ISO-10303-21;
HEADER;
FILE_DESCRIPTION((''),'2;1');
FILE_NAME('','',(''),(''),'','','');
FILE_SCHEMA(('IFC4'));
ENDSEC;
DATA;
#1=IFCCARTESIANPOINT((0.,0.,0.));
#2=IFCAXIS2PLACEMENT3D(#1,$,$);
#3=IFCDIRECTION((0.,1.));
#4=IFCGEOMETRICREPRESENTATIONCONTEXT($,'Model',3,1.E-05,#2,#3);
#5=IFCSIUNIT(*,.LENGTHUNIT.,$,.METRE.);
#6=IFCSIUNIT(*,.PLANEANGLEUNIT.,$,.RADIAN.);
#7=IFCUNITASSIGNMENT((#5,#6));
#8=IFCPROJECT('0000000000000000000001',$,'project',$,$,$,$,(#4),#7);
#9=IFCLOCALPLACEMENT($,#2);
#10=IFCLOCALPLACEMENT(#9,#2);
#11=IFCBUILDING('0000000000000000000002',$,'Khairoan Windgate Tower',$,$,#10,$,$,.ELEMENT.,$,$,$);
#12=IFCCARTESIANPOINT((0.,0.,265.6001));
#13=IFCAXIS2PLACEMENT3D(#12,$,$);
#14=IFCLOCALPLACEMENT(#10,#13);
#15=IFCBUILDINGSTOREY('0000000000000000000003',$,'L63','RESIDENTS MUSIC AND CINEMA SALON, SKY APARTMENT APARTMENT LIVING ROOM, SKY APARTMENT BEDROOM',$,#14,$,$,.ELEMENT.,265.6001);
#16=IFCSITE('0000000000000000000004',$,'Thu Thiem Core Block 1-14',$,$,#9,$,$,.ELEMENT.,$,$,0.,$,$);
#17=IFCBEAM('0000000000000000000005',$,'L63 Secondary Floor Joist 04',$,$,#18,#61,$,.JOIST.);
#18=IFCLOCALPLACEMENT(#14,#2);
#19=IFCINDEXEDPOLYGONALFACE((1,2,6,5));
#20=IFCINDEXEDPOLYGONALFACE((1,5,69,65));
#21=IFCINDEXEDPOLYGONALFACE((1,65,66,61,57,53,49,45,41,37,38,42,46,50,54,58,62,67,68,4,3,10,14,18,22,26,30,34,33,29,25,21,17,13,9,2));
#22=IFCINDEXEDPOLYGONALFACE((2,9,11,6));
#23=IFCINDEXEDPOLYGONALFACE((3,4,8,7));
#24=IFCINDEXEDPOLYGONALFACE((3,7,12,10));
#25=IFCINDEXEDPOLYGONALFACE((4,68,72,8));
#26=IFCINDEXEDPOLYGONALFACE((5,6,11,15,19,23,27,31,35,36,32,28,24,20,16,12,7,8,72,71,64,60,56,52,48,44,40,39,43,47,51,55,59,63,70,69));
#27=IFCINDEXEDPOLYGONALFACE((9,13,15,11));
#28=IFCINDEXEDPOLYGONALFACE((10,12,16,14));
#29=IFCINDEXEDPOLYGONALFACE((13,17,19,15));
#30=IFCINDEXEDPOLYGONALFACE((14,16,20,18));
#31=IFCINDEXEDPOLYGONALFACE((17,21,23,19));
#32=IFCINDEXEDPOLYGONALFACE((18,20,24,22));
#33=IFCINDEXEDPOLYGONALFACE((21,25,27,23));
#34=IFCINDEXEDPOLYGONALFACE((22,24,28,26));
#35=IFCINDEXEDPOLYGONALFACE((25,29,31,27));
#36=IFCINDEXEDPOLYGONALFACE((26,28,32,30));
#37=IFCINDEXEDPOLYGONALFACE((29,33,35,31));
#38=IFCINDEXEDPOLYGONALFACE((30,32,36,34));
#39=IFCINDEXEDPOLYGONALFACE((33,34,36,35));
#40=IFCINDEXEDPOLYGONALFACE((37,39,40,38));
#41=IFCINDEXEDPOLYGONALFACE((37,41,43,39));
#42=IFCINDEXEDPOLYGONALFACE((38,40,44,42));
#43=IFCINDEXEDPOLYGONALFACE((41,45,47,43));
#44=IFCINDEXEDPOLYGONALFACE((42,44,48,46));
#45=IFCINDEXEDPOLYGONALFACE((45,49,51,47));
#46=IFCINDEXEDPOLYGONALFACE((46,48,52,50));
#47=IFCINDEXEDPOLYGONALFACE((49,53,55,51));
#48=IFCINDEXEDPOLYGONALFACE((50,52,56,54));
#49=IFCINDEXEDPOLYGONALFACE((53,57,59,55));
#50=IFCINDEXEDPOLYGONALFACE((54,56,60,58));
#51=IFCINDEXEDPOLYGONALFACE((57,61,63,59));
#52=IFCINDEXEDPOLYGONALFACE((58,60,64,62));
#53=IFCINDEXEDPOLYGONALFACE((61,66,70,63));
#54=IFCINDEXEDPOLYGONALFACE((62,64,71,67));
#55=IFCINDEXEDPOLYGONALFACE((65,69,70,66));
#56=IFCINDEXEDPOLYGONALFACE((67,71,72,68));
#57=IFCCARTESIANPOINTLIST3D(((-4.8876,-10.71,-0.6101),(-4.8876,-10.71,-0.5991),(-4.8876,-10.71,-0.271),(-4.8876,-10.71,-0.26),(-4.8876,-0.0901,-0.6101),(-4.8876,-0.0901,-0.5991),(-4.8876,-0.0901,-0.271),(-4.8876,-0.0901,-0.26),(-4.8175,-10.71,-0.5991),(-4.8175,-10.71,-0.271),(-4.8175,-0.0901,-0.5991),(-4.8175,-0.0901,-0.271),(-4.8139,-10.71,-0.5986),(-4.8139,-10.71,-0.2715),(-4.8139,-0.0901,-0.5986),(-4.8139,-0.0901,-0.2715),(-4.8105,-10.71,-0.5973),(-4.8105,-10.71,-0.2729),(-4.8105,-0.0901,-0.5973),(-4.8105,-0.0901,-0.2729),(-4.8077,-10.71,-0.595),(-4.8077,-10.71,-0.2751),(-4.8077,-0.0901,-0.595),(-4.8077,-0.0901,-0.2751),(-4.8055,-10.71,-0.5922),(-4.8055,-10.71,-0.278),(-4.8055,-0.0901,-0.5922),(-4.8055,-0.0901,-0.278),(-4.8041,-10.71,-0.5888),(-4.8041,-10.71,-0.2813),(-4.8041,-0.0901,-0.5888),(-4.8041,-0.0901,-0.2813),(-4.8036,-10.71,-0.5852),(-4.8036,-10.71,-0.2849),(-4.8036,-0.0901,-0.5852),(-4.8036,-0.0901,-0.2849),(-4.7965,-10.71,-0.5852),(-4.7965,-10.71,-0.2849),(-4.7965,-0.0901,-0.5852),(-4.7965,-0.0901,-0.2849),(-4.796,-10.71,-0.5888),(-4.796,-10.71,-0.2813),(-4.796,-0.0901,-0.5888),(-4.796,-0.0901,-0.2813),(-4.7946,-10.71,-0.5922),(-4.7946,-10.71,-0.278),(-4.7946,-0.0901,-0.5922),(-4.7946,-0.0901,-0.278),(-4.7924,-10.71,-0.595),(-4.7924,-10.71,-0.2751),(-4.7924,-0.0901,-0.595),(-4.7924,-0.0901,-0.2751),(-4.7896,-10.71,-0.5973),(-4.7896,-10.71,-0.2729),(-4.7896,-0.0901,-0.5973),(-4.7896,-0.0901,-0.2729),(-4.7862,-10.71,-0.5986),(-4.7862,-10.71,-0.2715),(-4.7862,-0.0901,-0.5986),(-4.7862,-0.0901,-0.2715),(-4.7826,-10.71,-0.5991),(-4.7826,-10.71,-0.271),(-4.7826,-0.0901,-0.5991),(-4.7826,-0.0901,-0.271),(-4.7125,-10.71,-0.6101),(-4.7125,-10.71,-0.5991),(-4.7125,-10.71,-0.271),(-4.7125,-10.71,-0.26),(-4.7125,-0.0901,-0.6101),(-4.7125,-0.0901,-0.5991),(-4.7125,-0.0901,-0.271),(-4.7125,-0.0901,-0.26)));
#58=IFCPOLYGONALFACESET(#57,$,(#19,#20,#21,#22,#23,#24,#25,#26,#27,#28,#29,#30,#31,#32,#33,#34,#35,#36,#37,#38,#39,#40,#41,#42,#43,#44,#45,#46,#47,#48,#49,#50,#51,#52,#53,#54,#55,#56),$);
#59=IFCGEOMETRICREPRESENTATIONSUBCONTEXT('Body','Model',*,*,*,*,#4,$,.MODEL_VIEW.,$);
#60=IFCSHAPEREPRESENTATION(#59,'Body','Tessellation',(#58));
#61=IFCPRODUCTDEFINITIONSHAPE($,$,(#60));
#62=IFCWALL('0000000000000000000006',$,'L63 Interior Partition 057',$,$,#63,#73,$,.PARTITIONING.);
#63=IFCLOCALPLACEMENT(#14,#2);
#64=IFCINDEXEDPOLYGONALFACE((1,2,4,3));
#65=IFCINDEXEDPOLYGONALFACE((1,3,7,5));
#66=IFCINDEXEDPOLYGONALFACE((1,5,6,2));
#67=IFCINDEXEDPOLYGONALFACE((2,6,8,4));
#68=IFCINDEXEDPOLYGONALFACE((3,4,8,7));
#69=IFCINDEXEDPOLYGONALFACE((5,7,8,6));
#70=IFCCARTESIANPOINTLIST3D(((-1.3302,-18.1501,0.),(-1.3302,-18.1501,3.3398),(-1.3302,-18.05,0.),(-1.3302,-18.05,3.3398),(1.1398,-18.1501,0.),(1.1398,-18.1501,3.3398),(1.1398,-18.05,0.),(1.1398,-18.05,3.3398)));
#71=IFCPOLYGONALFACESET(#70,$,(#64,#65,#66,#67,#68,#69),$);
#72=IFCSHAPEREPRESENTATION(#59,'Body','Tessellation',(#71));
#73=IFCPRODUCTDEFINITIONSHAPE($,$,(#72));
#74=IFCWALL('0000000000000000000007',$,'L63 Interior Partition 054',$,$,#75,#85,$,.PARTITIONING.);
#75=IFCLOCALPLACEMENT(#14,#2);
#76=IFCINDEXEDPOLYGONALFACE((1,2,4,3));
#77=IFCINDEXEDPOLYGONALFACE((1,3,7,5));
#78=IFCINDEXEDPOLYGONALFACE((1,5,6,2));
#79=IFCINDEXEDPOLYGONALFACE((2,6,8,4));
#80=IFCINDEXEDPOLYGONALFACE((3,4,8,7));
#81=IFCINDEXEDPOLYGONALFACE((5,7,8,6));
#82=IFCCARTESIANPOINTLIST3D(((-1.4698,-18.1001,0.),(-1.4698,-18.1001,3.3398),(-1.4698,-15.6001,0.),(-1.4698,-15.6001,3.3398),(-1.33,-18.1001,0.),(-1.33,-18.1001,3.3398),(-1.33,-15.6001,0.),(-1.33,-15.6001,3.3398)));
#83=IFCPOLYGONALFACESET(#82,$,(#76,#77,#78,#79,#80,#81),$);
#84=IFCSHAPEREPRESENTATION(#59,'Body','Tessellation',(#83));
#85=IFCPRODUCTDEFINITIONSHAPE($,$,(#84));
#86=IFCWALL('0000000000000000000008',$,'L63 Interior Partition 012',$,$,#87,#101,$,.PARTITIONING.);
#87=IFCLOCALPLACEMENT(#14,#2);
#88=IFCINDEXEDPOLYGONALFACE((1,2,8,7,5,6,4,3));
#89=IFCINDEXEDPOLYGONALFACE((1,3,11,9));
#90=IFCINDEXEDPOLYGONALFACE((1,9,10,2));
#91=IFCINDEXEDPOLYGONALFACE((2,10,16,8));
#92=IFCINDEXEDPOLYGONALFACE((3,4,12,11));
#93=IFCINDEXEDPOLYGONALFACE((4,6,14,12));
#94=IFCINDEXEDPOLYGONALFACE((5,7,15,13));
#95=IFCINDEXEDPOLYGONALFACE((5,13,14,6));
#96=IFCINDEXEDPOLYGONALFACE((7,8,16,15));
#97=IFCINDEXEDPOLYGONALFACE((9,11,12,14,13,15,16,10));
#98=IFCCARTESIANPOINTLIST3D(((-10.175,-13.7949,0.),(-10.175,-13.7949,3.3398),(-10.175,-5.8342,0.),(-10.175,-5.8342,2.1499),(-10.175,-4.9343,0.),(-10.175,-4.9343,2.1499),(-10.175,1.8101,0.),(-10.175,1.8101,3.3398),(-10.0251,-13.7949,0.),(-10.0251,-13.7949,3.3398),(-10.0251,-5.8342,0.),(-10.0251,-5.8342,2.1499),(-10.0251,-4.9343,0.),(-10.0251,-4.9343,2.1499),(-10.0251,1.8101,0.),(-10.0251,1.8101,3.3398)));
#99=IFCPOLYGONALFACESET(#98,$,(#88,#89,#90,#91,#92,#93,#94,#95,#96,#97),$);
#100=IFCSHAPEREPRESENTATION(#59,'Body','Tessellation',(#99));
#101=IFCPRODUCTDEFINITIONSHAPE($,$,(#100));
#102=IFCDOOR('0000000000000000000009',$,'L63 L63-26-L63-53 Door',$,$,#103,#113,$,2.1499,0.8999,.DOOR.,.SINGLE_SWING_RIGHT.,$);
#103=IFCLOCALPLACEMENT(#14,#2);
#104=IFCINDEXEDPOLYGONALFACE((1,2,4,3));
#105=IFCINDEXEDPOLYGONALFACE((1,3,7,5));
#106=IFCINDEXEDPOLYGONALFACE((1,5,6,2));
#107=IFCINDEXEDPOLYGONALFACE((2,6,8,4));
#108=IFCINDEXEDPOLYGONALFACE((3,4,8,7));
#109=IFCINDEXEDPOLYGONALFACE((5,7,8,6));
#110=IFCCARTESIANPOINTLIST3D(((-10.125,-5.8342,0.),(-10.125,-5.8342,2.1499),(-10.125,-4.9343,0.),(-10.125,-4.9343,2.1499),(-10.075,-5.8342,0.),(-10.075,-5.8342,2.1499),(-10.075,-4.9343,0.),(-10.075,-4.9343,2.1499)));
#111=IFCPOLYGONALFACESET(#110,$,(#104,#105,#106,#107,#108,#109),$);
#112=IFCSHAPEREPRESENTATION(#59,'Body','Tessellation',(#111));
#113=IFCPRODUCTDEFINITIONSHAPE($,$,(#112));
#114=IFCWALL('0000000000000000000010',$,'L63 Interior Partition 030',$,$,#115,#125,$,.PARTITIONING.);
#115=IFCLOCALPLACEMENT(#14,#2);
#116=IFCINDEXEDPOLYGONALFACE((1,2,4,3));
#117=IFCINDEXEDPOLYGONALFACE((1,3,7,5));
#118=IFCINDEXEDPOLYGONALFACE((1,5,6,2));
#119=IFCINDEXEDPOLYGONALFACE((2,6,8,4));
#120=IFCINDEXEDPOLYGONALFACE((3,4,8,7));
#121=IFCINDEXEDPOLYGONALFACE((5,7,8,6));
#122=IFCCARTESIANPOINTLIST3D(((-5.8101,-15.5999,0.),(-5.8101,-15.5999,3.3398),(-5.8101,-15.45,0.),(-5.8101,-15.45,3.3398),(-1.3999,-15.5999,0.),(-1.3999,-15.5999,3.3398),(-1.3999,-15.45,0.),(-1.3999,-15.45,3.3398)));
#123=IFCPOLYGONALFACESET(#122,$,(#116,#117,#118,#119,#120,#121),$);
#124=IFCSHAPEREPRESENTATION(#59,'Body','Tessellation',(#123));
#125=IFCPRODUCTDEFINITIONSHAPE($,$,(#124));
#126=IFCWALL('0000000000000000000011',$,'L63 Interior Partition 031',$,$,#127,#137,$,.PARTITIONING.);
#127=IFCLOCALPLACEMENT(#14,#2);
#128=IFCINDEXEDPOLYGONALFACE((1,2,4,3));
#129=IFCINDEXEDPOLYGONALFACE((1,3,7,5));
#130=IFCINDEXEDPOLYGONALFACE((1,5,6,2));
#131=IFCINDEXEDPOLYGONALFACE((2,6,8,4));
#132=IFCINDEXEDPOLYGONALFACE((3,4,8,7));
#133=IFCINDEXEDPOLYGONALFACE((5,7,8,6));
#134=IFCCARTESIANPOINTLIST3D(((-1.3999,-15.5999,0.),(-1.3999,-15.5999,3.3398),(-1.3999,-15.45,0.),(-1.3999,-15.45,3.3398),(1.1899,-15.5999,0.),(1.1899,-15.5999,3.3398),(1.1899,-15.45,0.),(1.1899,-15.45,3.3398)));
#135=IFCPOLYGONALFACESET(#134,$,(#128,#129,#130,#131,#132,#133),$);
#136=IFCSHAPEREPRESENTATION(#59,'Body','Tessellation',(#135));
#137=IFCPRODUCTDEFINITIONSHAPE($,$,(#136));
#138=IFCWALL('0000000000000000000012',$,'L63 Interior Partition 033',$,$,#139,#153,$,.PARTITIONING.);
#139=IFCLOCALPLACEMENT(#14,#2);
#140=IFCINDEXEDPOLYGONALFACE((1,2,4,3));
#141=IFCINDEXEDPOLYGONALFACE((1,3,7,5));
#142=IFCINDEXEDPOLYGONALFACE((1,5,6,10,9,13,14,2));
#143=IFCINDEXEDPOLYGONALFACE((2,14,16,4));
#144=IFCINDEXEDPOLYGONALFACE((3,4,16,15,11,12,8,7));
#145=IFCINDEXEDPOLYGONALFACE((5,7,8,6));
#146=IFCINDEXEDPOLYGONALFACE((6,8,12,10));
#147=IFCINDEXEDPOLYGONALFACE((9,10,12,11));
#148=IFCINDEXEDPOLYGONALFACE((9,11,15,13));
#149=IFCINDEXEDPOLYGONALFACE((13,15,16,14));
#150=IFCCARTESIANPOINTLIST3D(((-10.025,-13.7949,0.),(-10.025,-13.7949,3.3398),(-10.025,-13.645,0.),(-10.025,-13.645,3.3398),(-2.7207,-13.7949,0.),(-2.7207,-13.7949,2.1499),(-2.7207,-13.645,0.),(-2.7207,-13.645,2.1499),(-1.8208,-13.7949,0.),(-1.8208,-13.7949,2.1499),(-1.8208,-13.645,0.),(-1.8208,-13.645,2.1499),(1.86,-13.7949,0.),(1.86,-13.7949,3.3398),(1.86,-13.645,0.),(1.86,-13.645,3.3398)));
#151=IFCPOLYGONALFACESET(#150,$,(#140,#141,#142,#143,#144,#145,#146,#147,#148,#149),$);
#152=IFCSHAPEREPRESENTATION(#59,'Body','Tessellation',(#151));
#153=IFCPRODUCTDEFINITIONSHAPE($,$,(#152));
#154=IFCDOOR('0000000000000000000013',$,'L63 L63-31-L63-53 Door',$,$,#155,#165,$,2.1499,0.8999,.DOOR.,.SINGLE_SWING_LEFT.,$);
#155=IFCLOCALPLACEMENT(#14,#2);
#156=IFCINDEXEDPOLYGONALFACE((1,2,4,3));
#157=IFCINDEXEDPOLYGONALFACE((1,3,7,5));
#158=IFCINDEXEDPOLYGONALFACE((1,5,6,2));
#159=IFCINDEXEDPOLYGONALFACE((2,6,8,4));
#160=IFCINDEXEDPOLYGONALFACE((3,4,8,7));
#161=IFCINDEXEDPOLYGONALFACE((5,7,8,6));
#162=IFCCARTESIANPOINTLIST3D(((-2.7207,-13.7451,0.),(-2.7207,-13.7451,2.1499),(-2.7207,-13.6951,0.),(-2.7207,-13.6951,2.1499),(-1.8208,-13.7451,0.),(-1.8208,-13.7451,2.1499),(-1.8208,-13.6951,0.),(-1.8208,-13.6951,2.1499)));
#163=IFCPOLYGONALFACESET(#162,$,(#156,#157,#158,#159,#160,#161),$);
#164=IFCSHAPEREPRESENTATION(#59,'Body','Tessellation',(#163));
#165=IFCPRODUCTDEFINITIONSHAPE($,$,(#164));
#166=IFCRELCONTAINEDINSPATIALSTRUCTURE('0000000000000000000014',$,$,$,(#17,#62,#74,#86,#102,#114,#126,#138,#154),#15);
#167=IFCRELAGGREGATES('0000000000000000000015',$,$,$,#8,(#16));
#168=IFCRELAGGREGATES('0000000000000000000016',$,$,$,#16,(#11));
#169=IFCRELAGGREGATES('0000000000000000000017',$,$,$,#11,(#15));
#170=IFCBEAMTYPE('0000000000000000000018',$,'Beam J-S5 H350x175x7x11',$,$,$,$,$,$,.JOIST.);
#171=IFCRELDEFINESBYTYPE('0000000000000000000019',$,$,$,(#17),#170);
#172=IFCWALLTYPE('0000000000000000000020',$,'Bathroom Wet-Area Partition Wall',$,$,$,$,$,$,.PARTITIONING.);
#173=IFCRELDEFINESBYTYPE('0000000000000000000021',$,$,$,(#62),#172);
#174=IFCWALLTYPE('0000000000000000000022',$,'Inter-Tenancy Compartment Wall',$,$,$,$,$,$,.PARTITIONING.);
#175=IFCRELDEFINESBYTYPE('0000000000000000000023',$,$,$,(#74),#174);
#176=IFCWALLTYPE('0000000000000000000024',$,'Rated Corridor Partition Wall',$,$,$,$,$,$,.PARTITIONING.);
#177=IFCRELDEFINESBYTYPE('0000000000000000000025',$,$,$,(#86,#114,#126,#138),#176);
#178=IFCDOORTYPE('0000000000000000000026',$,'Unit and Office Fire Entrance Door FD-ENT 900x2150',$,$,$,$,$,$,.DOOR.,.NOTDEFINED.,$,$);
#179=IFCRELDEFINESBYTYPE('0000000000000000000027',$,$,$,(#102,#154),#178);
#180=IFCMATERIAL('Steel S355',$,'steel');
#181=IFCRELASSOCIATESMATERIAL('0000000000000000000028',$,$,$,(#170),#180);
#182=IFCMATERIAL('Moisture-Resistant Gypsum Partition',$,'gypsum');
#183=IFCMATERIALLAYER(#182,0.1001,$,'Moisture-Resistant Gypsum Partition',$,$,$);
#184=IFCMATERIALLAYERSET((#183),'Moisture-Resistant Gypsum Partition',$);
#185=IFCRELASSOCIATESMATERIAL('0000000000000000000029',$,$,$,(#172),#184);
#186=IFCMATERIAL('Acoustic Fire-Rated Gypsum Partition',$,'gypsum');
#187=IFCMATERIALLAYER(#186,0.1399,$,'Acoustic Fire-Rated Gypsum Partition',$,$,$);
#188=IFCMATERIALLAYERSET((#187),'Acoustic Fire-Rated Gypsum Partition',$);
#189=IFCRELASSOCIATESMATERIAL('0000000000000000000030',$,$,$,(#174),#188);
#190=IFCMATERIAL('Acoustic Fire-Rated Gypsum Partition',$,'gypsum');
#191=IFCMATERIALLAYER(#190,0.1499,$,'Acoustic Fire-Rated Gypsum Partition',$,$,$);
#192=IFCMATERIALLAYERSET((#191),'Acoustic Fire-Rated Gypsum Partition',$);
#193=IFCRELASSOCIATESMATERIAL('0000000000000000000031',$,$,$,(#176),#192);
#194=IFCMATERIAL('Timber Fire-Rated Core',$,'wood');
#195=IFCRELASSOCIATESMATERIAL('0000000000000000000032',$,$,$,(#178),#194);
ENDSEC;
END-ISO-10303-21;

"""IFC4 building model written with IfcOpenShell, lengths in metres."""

from ifc_helpers import new_model, si_unit, direction, frame, frame_2d, origin, origin_2d, place, context, subcontext, project, spatial, rectangle, i_section, extrude, material, layer, layer_set, material_profile, profile_set, type_object, element, fill, save


model = new_model("IFC4")

# Units and contexts
model_context = context("Model", 3, precision=1e-05, world=origin(), true_north=direction((0.0, 1.0)))
body_context = subcontext(model_context, "Body", "Model", "MODEL_VIEW")
ifc_project = project(units=[si_unit("LENGTHUNIT", "METRE"), si_unit("PLANEANGLEUNIT", "RADIAN")], contexts=[model_context])

# Site, building, storey
site_placement = place(None, origin())
site = spatial("IfcSite", under=ifc_project, at=site_placement, Name="Thu Thiem Core Block 1-14", CompositionType="ELEMENT", RefElevation=0.0)
building_placement = place(site_placement, origin())
building = spatial("IfcBuilding", under=site, at=building_placement, Name="Khairoan Windgate Tower", CompositionType="ELEMENT")
storey_placement = place(building_placement, frame((0.0, 0.0, 265.6001)))
storey = spatial("IfcBuildingStorey", under=building, at=storey_placement, Name="L63", Description="RESIDENTS MUSIC AND CINEMA SALON, SKY APARTMENT APARTMENT LIVING ROOM, SKY APARTMENT BEDROOM", CompositionType="ELEMENT", Elevation=265.6001)

# Beam
ifc_material_1 = material(Name="Steel S355", Category="steel")
ifc_material_profile_1 = material_profile(ifc_material_1, i_section(OverallWidth=0.175, OverallDepth=0.3501, WebThickness=0.0071, FlangeThickness=0.011, FilletRadius=0.0139, at=origin_2d()))
ifc_profile_set_1 = profile_set([ifc_material_profile_1], Name="Steel S355")
beam_type_1 = type_object("IfcBeamType", Name="Beam J-S5 H350x175x7x11", PredefinedType="JOIST", material=ifc_profile_set_1)
beam_1_placement = place(storey_placement, frame((-4.8, -10.71, -0.4351), z_axis=(0.0, 1.0, 0.0), x_axis=(-1.0, 0.0, 0.0)))
element("IfcBeam", 1, at=beam_1_placement, inside=storey, type_object=beam_type_1, Name="L63 Secondary Floor Joist 04", PredefinedType="JOIST", context=body_context, shape_type="SweptSolid", body=[
    extrude(i_section(OverallWidth=0.175, OverallDepth=0.3501, WebThickness=0.0071, FlangeThickness=0.011, FilletRadius=0.0139, at=origin_2d()), origin(), (0.0, 0.0, 1.0), 10.6199),
])

# Walls
ifc_material_2 = material(Name="Moisture-Resistant Gypsum Partition", Category="gypsum")
ifc_layer_1 = layer(ifc_material_2, 0.1001, Name="Moisture-Resistant Gypsum Partition")
ifc_layer_set_1 = layer_set([ifc_layer_1], Name="Moisture-Resistant Gypsum Partition")
wall_type_1 = type_object("IfcWallType", Name="Bathroom Wet-Area Partition Wall", PredefinedType="PARTITIONING", material=ifc_layer_set_1)
wall_1_placement = place(storey_placement, frame((-1.3301, -18.1001, 0.0), z_axis=(0.0, 0.0, 1.0), x_axis=(1.0, 0.0, 0.0)))
element("IfcWall", 2, at=wall_1_placement, inside=storey, type_object=wall_type_1, Name="L63 Interior Partition 057", PredefinedType="PARTITIONING", context=body_context, shape_type="SweptSolid", body=[
    extrude(rectangle(XDim=2.47, YDim=0.1001, at=frame_2d((1.2349, 0.0))), origin(), (0.0, 0.0, 1.0), 3.3398),
])
ifc_material_3 = material(Name="Acoustic Fire-Rated Gypsum Partition", Category="gypsum")
ifc_layer_2 = layer(ifc_material_3, 0.1399, Name="Acoustic Fire-Rated Gypsum Partition")
ifc_layer_set_2 = layer_set([ifc_layer_2], Name="Acoustic Fire-Rated Gypsum Partition")
wall_type_2 = type_object("IfcWallType", Name="Inter-Tenancy Compartment Wall", PredefinedType="PARTITIONING", material=ifc_layer_set_2)
wall_2_placement = place(storey_placement, frame((-1.3999, -18.1001, 0.0), z_axis=(0.0, 0.0, 1.0), x_axis=(0.0, 1.0, 0.0)))
element("IfcWall", 3, at=wall_2_placement, inside=storey, type_object=wall_type_2, Name="L63 Interior Partition 054", PredefinedType="PARTITIONING", context=body_context, shape_type="SweptSolid", body=[
    extrude(rectangle(XDim=2.5, YDim=0.1399, at=frame_2d((1.25, 0.0))), origin(), (0.0, 0.0, 1.0), 3.3398),
])

# Wall, opening, door
ifc_material_4 = material(Name="Acoustic Fire-Rated Gypsum Partition", Category="gypsum")
ifc_layer_3 = layer(ifc_material_4, 0.1499, Name="Acoustic Fire-Rated Gypsum Partition")
ifc_layer_set_3 = layer_set([ifc_layer_3], Name="Acoustic Fire-Rated Gypsum Partition")
wall_type_3 = type_object("IfcWallType", Name="Rated Corridor Partition Wall", PredefinedType="PARTITIONING", material=ifc_layer_set_3)
wall_3_placement = place(storey_placement, frame((-10.1001, -13.7949, 0.0), z_axis=(0.0, 0.0, 1.0), x_axis=(0.0, 1.0, 0.0)))
wall_3 = element("IfcWall", 4, at=wall_3_placement, inside=storey, type_object=wall_type_3, Name="L63 Interior Partition 012", PredefinedType="PARTITIONING", context=body_context, shape_type="SweptSolid", body=[
    extrude(rectangle(XDim=15.605, YDim=0.1499, at=frame_2d((7.8025, 0.0))), origin(), (0.0, 0.0, 1.0), 3.3398),
])
opening_1_placement = place(wall_3_placement, frame((7.9607, 0.0, 0.0)))
opening_1 = element("IfcOpeningElement", 5, at=opening_1_placement, cuts=wall_3, PredefinedType="OPENING", context=body_context, shape_type="SweptSolid", body=[
    extrude(rectangle(XDim=0.8999, YDim=2.1499, at=frame_2d((0.45, 1.075))), frame((0.0, 0.085, 0.0), z_axis=(0.0, -1.0, 0.0), x_axis=(1.0, 0.0, 0.0)), (0.0, 0.0, 1.0), 0.1699),
])
ifc_material_5 = material(Name="Timber Fire-Rated Core", Category="wood")
door_type_1 = type_object("IfcDoorType", Name="Unit and Office Fire Entrance Door FD-ENT 900x2150", OperationType="NOTDEFINED", PredefinedType="DOOR", material=ifc_material_5)
door_1_placement = place(opening_1_placement, origin())
door_1 = element("IfcDoor", 6, at=door_1_placement, inside=storey, type_object=door_type_1, Name="L63 L63-26-L63-53 Door", OperationType="SINGLE_SWING_RIGHT", OverallHeight=2.1499, OverallWidth=0.8999, PredefinedType="DOOR", context=body_context, shape_type="SweptSolid", body=[
    extrude(rectangle(XDim=0.8999, YDim=2.1499, at=frame_2d((0.45, 1.075))), frame((0.0, 0.0249, 0.0), z_axis=(0.0, -1.0, 0.0), x_axis=(1.0, 0.0, 0.0)), (0.0, 0.0, 1.0), 0.05),
])
fill(opening_1, door_1)

# Walls
wall_4_placement = place(storey_placement, frame((-5.8101, -15.5249, 0.0), z_axis=(0.0, 0.0, 1.0), x_axis=(1.0, 0.0, 0.0)))
element("IfcWall", 7, at=wall_4_placement, inside=storey, type_object=wall_type_3, Name="L63 Interior Partition 030", PredefinedType="PARTITIONING", context=body_context, shape_type="SweptSolid", body=[
    extrude(rectangle(XDim=4.4102, YDim=0.1499, at=frame_2d((2.2051, 0.0))), origin(), (0.0, 0.0, 1.0), 3.3398),
])
wall_5_placement = place(storey_placement, frame((-1.3999, -15.5249, 0.0), z_axis=(0.0, 0.0, 1.0), x_axis=(1.0, 0.0, 0.0)))
element("IfcWall", 8, at=wall_5_placement, inside=storey, type_object=wall_type_3, Name="L63 Interior Partition 031", PredefinedType="PARTITIONING", context=body_context, shape_type="SweptSolid", body=[
    extrude(rectangle(XDim=2.5898, YDim=0.1499, at=frame_2d((1.2949, 0.0))), origin(), (0.0, 0.0, 1.0), 3.3398),
])

# Wall, opening, door
wall_6_placement = place(storey_placement, frame((-10.0249, -13.72, 0.0), z_axis=(0.0, 0.0, 1.0), x_axis=(1.0, 0.0, 0.0)))
wall_6 = element("IfcWall", 9, at=wall_6_placement, inside=storey, type_object=wall_type_3, Name="L63 Interior Partition 033", PredefinedType="PARTITIONING", context=body_context, shape_type="SweptSolid", body=[
    extrude(rectangle(XDim=11.885, YDim=0.1499, at=frame_2d((5.9424, 0.0))), origin(), (0.0, 0.0, 1.0), 3.3398),
])
opening_2_placement = place(wall_6_placement, frame((7.3042, 0.0, 0.0)))
opening_2 = element("IfcOpeningElement", 10, at=opening_2_placement, cuts=wall_6, PredefinedType="OPENING", context=body_context, shape_type="SweptSolid", body=[
    extrude(rectangle(XDim=0.8999, YDim=2.1499, at=frame_2d((0.45, 1.075))), frame((0.0, 0.085, 0.0), z_axis=(0.0, -1.0, 0.0), x_axis=(1.0, 0.0, 0.0)), (0.0, 0.0, 1.0), 0.1699),
])
door_2_placement = place(opening_2_placement, origin())
door_2 = element("IfcDoor", 11, at=door_2_placement, inside=storey, type_object=door_type_1, Name="L63 L63-31-L63-53 Door", OperationType="SINGLE_SWING_LEFT", OverallHeight=2.1499, OverallWidth=0.8999, PredefinedType="DOOR", context=body_context, shape_type="SweptSolid", body=[
    extrude(rectangle(XDim=0.8999, YDim=2.1499, at=frame_2d((0.45, 1.075))), frame((0.0, 0.0249, 0.0), z_axis=(0.0, -1.0, 0.0), x_axis=(1.0, 0.0, 0.0)), (0.0, 0.0, 1.0), 0.05),
])
fill(opening_2, door_2)

save(model, "model.ifc")
